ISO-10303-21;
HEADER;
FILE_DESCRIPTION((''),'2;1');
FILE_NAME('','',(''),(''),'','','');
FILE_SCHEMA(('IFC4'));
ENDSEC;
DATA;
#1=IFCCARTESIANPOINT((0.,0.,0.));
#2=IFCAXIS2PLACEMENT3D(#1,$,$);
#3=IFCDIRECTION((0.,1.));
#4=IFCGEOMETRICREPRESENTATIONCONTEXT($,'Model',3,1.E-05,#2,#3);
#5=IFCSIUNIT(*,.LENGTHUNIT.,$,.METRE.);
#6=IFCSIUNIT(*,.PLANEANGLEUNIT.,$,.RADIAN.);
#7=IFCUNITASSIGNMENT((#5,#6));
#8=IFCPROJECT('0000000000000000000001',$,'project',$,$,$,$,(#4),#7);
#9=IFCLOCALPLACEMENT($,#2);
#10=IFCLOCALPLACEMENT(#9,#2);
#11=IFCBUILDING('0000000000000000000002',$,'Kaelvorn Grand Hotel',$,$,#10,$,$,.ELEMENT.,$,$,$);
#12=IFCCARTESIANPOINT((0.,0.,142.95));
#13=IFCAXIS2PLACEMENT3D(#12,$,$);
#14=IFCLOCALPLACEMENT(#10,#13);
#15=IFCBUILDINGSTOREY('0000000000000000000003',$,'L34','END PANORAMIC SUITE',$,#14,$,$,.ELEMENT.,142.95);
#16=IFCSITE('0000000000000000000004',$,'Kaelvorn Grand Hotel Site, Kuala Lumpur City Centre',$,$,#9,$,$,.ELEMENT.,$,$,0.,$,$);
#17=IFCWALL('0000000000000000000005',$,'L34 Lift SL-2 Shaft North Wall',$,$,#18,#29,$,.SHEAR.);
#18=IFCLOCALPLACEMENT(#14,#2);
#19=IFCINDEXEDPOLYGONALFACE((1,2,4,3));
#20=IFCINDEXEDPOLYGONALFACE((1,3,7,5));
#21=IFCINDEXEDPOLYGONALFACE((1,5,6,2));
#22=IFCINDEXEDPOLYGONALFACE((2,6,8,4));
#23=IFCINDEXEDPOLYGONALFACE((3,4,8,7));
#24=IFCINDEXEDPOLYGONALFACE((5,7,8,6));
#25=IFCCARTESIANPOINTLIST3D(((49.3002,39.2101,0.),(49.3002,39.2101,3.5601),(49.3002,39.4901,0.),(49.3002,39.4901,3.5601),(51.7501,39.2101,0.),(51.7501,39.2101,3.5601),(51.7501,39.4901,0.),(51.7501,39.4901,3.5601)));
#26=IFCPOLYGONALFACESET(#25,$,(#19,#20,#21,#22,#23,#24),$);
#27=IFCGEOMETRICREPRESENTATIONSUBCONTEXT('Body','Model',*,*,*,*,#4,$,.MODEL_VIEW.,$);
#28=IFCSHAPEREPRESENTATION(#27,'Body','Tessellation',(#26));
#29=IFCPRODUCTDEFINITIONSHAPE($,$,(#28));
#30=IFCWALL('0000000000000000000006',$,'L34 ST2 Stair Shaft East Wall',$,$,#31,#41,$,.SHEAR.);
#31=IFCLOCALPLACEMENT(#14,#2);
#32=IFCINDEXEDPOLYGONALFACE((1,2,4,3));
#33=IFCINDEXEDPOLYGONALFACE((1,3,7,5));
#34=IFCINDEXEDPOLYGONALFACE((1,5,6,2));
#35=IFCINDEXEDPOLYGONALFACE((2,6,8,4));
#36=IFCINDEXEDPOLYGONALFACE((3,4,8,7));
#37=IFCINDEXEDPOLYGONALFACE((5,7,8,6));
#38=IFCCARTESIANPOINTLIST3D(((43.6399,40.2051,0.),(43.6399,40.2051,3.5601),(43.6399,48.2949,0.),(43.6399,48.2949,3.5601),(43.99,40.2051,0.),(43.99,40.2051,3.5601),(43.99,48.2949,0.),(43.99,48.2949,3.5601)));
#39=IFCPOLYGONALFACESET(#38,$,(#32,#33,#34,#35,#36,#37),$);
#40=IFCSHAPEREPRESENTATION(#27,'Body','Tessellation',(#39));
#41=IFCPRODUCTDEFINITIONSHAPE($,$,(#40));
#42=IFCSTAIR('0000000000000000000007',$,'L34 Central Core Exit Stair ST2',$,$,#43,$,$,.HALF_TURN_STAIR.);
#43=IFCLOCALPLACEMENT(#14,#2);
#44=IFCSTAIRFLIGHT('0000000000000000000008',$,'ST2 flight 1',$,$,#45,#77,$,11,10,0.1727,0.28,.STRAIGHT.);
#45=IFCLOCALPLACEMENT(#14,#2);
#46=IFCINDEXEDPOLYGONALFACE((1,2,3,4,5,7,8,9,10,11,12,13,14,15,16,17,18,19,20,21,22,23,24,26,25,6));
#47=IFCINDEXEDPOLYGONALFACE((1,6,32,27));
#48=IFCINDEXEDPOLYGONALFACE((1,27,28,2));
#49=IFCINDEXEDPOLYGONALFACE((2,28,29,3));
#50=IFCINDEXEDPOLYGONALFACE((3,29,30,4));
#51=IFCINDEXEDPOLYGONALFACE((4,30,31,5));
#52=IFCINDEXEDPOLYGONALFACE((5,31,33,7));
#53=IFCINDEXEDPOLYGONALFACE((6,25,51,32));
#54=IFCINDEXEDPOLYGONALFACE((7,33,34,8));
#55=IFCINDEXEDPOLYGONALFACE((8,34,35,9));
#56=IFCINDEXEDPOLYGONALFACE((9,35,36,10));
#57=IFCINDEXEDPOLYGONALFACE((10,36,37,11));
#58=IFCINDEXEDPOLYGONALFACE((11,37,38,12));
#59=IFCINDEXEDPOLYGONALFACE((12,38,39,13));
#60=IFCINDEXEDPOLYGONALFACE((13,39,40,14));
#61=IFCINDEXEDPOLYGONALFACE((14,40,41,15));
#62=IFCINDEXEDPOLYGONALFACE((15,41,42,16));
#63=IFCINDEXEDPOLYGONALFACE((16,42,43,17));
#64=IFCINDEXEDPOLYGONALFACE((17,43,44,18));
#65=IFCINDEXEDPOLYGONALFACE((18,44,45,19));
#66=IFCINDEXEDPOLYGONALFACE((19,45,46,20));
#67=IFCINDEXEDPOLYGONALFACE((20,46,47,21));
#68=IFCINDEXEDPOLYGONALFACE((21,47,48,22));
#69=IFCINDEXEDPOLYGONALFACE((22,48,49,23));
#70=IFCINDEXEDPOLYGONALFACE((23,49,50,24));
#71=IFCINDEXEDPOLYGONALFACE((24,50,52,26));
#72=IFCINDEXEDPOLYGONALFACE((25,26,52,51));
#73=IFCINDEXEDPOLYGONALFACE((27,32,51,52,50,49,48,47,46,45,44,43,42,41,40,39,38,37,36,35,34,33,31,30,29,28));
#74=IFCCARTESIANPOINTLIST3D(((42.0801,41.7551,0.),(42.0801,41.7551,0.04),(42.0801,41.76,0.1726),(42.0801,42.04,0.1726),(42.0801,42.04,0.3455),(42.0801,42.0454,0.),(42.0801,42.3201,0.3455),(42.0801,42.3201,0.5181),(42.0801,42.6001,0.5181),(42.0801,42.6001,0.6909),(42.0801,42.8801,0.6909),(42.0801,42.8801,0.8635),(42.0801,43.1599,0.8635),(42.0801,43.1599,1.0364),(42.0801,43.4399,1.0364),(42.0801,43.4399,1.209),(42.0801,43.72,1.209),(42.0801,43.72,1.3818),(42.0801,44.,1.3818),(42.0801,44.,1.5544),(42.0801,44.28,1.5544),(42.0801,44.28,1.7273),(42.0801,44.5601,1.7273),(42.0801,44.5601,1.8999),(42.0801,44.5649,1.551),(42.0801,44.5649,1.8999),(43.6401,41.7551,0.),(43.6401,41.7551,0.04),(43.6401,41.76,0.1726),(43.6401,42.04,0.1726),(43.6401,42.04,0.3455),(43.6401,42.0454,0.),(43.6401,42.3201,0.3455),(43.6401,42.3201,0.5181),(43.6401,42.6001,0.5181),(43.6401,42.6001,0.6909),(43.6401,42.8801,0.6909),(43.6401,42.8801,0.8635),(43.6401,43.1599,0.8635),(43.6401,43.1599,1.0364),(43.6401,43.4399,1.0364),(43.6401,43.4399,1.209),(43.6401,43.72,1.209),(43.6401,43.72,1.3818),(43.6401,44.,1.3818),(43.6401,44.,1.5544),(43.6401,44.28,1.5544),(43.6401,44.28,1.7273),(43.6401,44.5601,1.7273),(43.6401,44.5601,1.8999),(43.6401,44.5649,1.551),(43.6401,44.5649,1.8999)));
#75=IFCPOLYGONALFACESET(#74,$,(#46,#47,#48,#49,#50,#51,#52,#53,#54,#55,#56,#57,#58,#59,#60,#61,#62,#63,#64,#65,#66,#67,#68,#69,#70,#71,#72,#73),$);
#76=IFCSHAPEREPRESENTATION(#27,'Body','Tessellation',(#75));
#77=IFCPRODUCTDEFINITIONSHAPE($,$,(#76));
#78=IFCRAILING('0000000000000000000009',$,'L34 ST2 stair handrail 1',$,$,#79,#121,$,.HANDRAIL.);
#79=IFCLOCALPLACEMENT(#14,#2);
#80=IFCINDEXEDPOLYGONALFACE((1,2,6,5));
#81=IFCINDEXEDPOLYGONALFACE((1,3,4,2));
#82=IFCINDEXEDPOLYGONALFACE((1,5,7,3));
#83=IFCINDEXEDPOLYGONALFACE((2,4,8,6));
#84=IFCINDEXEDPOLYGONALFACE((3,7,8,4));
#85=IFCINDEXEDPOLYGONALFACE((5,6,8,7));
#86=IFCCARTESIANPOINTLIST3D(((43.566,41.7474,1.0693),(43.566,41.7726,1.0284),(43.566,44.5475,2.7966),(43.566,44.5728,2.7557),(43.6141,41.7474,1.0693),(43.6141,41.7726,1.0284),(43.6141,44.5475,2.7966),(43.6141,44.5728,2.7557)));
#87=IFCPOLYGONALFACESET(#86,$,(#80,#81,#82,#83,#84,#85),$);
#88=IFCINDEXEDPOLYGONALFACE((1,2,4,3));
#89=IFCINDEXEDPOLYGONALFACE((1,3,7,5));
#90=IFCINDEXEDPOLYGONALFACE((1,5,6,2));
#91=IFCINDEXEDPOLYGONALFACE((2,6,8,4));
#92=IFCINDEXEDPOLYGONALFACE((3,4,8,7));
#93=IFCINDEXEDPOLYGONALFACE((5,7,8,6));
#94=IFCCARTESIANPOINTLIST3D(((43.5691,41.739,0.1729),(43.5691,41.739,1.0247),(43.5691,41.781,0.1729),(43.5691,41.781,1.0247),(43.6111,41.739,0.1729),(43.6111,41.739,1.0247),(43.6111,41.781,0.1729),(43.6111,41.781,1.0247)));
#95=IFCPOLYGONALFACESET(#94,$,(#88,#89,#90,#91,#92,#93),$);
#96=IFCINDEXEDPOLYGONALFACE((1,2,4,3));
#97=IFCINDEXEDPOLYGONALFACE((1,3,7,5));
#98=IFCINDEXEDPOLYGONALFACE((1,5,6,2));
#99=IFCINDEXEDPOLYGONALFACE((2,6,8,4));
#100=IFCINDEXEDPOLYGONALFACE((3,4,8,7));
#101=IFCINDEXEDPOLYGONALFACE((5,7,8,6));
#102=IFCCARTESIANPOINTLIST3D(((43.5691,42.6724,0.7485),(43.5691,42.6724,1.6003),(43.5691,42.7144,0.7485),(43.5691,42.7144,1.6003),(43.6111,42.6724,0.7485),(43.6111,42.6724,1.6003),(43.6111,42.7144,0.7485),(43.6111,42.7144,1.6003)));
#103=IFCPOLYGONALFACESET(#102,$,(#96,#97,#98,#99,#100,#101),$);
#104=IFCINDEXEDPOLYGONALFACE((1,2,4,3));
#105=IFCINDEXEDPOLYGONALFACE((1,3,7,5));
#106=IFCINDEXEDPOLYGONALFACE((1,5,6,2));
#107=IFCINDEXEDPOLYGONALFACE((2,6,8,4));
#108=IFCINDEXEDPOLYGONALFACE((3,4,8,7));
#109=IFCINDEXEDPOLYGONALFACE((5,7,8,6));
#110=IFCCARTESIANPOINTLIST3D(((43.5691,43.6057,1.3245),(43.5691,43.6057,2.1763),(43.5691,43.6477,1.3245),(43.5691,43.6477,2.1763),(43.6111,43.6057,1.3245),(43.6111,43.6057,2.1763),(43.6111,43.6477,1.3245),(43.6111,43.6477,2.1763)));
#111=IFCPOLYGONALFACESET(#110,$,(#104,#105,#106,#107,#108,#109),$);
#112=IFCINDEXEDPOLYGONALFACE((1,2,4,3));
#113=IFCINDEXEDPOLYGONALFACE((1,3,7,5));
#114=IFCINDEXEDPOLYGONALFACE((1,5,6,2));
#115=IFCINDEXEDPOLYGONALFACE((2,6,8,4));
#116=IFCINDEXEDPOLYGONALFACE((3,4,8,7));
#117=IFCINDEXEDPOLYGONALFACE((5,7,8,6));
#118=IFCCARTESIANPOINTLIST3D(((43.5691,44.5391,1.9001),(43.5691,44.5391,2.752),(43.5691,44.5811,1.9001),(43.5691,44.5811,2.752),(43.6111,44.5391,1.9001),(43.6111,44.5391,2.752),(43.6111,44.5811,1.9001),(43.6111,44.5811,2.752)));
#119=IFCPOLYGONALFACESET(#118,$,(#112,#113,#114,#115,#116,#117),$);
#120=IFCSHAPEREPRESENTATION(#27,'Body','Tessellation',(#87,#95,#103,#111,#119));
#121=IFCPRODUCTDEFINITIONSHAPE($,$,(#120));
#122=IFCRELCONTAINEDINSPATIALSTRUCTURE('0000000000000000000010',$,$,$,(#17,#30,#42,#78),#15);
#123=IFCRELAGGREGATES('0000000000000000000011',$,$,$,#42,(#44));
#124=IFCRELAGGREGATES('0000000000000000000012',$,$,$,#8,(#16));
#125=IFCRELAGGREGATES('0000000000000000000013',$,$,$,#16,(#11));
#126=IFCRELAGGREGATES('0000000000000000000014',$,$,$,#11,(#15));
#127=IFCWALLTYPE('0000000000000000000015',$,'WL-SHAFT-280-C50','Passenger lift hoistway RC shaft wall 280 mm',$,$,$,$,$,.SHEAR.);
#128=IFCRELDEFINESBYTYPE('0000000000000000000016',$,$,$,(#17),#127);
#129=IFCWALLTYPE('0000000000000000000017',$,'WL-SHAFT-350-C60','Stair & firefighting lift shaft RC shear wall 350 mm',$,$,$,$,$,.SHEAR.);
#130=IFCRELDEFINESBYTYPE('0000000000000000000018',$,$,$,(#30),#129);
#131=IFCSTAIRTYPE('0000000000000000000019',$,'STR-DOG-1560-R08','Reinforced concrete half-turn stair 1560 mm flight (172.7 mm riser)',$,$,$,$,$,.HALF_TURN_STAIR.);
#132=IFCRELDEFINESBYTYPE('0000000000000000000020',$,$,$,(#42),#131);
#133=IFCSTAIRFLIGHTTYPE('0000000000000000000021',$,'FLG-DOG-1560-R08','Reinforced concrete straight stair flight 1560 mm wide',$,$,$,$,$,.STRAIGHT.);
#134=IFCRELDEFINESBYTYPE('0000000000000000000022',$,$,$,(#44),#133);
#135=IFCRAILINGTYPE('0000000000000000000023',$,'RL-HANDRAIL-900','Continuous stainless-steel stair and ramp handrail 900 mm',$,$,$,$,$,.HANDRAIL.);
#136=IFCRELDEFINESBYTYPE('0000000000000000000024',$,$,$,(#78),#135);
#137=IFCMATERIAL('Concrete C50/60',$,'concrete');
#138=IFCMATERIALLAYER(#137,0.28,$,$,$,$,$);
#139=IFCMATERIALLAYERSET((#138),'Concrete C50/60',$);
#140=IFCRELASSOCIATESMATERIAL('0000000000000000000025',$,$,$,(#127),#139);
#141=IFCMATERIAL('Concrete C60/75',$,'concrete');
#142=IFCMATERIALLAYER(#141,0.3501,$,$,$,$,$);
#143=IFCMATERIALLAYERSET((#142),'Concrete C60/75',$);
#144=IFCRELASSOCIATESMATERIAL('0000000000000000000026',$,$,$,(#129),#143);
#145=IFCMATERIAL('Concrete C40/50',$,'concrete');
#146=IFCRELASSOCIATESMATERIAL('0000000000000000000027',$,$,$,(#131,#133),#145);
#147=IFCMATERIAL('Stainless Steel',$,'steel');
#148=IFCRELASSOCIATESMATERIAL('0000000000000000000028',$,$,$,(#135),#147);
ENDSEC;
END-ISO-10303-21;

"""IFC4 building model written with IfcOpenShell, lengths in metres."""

from ifc_helpers import new_model, si_unit, direction, frame, frame_2d, origin, origin_2d, place, context, subcontext, project, spatial, polyline, rectangle, outline, extrude, material, layer, layer_set, type_object, element, aggregate, save


model = new_model("IFC4")

# Units and contexts
model_context = context("Model", 3, precision=1e-05, world=origin(), true_north=direction((0.0, 1.0)))
body_context = subcontext(model_context, "Body", "Model", "MODEL_VIEW")
ifc_project = project(units=[si_unit("LENGTHUNIT", "METRE"), si_unit("PLANEANGLEUNIT", "RADIAN")], contexts=[model_context])

# Site, building, storey
site_placement = place(None, origin())
site = spatial("IfcSite", under=ifc_project, at=site_placement, Name="Kaelvorn Grand Hotel Site, Kuala Lumpur City Centre", CompositionType="ELEMENT", RefElevation=0.0)
building_placement = place(site_placement, origin())
building = spatial("IfcBuilding", under=site, at=building_placement, Name="Kaelvorn Grand Hotel", CompositionType="ELEMENT")
storey_placement = place(building_placement, frame((0.0, 0.0, 142.95)))
storey = spatial("IfcBuildingStorey", under=building, at=storey_placement, Name="L34", Description="END PANORAMIC SUITE", CompositionType="ELEMENT", Elevation=142.95)

# Shared definitions
ifc_material_1 = material(Name="Concrete C60/75", Category="concrete")

# Shared definitions
ifc_material_2 = material(Name="Concrete C50/60", Category="concrete")

# Shared definitions
ifc_material_3 = material(Name="Concrete C40/50", Category="concrete")

# Shared definitions
ifc_layer_1 = layer(ifc_material_2, 0.28)
ifc_layer_set_1 = layer_set([ifc_layer_1], Name="Concrete C50/60")
wall_type_1 = type_object("IfcWallType", Name="WL-SHAFT-280-C50", Description="Passenger lift hoistway RC shaft wall 280 mm", PredefinedType="SHEAR", material=ifc_layer_set_1)
ifc_material_4 = material(Name="Stainless Steel", Category="steel")

# Walls
for number, where, z_axis, x_axis, name in (
    (1, (49.3, 39.3501, 0.0), (0.0, 0.0, 1.0), (1.0, 0.0, 0.0), "L34 Lift SL-2 Shaft North Wall"),
):
    element("IfcWall", number, at=place(storey_placement, frame(where, z_axis=z_axis, x_axis=x_axis)), inside=storey, type_object=wall_type_1, Name=name, PredefinedType="SHEAR", context=body_context, shape_type="SweptSolid", body=[
        extrude(rectangle(XDim=2.45, YDim=0.28, at=frame_2d((1.2251, 0.0))), origin(), (0.0, 0.0, 1.0), 3.5601),
    ])
ifc_layer_2 = layer(ifc_material_1, 0.3501)
ifc_layer_set_2 = layer_set([ifc_layer_2], Name="Concrete C60/75")
wall_type_2 = type_object("IfcWallType", Name="WL-SHAFT-350-C60", Description="Stair & firefighting lift shaft RC shear wall 350 mm", PredefinedType="SHEAR", material=ifc_layer_set_2)
wall_1_placement = place(storey_placement, frame((43.8149, 40.2051, 0.0), z_axis=(0.0, 0.0, 1.0), x_axis=(0.0, 1.0, 0.0)))
element("IfcWall", 2, at=wall_1_placement, inside=storey, type_object=wall_type_2, Name="L34 ST2 Stair Shaft East Wall", PredefinedType="SHEAR", context=body_context, shape_type="SweptSolid", body=[
    extrude(rectangle(XDim=8.0898, YDim=0.3501, at=frame_2d((4.0449, 0.0))), origin(), (0.0, 0.0, 1.0), 3.5601),
])

# Stair, stair flight
stair_type = type_object("IfcStairType", Name="STR-DOG-1560-R08", Description="Reinforced concrete half-turn stair 1560 mm flight (172.7 mm riser)", PredefinedType="HALF_TURN_STAIR", material=ifc_material_3)
stair_placement = place(storey_placement, origin())
stair = element("IfcStair", 3, at=stair_placement, inside=storey, type_object=stair_type, Name="L34 Central Core Exit Stair ST2", PredefinedType="HALF_TURN_STAIR")
stair_flight_type = type_object("IfcStairFlightType", Name="FLG-DOG-1560-R08", Description="Reinforced concrete straight stair flight 1560 mm wide", PredefinedType="STRAIGHT", material=ifc_material_3)
stair_flight_placement = place(storey_placement, frame((42.8601, 41.76, 0.0), z_axis=(0.0, 0.0, 1.0), x_axis=(0.0, 1.0, 0.0)))
stair_flight = element("IfcStairFlight", 4, at=stair_flight_placement, type_object=stair_flight_type, Name="ST2 flight 1", NumberOfRisers=11, NumberOfTreads=10, PredefinedType="STRAIGHT", RiserHeight=0.1727, TreadLength=0.28, context=body_context, shape_type="SweptSolid", body=[
    extrude(outline(polyline([(-0.0049, 0.0), (-0.0049, 0.04), (0.0, 0.1726), (0.28, 0.1726), (0.28, 0.3455), (0.5601, 0.3455), (0.5601, 0.5181), (0.8401, 0.5181), (0.8401, 0.6909), (1.1201, 0.6909), (1.1201, 0.8635), (1.3999, 0.8635), (1.3999, 1.0364), (1.6799, 1.0364), (1.6799, 1.209), (1.96, 1.209), (1.96, 1.3818), (2.24, 1.3818), (2.24, 1.5544), (2.52, 1.5544), (2.52, 1.7273), (2.8, 1.7273), (2.8, 1.8999), (2.8049, 1.8999), (2.8049, 1.551), (0.2854, 0.0), (-0.0049, 0.0)])), frame((0.0, 0.78, 0.0), z_axis=(0.0, -1.0, 0.0), x_axis=(1.0, 0.0, 0.0)), (0.0, 0.0, 1.0), 1.5601),
])
aggregate(stair, [stair_flight])

# Railing
railing_type = type_object("IfcRailingType", Name="RL-HANDRAIL-900", Description="Continuous stainless-steel stair and ramp handrail 900 mm", PredefinedType="HANDRAIL", material=ifc_material_4)
railing_placement = place(storey_placement, frame((43.5901, 41.76, 0.1729)))
element("IfcRailing", 5, at=railing_placement, inside=storey, type_object=railing_type, Name="L34 ST2 stair handrail 1", PredefinedType="HANDRAIL", context=body_context, shape_type="SweptSolid", body=[
    extrude(rectangle(XDim=0.0481, YDim=0.0481, at=origin_2d()), frame((0.0, 0.0, 0.876), z_axis=(0.0, 0.85109, 0.52502), x_axis=(-1.0, 0.0, 0.0)), (0.0, 0.0, 1.0), 3.29),
    extrude(rectangle(XDim=0.042, YDim=0.042, at=origin_2d()), origin(), (0.0, 0.0, 1.0), 0.8518),
    extrude(rectangle(XDim=0.042, YDim=0.042, at=origin_2d()), frame((0.0, 0.9333, 0.5757)), (0.0, 0.0, 1.0), 0.8518),
    extrude(rectangle(XDim=0.042, YDim=0.042, at=origin_2d()), frame((0.0, 1.8667, 1.1516)), (0.0, 0.0, 1.0), 0.8518),
    extrude(rectangle(XDim=0.042, YDim=0.042, at=origin_2d()), frame((0.0, 2.8, 1.7273)), (0.0, 0.0, 1.0), 0.8518),
])

save(model, "model.ifc")
